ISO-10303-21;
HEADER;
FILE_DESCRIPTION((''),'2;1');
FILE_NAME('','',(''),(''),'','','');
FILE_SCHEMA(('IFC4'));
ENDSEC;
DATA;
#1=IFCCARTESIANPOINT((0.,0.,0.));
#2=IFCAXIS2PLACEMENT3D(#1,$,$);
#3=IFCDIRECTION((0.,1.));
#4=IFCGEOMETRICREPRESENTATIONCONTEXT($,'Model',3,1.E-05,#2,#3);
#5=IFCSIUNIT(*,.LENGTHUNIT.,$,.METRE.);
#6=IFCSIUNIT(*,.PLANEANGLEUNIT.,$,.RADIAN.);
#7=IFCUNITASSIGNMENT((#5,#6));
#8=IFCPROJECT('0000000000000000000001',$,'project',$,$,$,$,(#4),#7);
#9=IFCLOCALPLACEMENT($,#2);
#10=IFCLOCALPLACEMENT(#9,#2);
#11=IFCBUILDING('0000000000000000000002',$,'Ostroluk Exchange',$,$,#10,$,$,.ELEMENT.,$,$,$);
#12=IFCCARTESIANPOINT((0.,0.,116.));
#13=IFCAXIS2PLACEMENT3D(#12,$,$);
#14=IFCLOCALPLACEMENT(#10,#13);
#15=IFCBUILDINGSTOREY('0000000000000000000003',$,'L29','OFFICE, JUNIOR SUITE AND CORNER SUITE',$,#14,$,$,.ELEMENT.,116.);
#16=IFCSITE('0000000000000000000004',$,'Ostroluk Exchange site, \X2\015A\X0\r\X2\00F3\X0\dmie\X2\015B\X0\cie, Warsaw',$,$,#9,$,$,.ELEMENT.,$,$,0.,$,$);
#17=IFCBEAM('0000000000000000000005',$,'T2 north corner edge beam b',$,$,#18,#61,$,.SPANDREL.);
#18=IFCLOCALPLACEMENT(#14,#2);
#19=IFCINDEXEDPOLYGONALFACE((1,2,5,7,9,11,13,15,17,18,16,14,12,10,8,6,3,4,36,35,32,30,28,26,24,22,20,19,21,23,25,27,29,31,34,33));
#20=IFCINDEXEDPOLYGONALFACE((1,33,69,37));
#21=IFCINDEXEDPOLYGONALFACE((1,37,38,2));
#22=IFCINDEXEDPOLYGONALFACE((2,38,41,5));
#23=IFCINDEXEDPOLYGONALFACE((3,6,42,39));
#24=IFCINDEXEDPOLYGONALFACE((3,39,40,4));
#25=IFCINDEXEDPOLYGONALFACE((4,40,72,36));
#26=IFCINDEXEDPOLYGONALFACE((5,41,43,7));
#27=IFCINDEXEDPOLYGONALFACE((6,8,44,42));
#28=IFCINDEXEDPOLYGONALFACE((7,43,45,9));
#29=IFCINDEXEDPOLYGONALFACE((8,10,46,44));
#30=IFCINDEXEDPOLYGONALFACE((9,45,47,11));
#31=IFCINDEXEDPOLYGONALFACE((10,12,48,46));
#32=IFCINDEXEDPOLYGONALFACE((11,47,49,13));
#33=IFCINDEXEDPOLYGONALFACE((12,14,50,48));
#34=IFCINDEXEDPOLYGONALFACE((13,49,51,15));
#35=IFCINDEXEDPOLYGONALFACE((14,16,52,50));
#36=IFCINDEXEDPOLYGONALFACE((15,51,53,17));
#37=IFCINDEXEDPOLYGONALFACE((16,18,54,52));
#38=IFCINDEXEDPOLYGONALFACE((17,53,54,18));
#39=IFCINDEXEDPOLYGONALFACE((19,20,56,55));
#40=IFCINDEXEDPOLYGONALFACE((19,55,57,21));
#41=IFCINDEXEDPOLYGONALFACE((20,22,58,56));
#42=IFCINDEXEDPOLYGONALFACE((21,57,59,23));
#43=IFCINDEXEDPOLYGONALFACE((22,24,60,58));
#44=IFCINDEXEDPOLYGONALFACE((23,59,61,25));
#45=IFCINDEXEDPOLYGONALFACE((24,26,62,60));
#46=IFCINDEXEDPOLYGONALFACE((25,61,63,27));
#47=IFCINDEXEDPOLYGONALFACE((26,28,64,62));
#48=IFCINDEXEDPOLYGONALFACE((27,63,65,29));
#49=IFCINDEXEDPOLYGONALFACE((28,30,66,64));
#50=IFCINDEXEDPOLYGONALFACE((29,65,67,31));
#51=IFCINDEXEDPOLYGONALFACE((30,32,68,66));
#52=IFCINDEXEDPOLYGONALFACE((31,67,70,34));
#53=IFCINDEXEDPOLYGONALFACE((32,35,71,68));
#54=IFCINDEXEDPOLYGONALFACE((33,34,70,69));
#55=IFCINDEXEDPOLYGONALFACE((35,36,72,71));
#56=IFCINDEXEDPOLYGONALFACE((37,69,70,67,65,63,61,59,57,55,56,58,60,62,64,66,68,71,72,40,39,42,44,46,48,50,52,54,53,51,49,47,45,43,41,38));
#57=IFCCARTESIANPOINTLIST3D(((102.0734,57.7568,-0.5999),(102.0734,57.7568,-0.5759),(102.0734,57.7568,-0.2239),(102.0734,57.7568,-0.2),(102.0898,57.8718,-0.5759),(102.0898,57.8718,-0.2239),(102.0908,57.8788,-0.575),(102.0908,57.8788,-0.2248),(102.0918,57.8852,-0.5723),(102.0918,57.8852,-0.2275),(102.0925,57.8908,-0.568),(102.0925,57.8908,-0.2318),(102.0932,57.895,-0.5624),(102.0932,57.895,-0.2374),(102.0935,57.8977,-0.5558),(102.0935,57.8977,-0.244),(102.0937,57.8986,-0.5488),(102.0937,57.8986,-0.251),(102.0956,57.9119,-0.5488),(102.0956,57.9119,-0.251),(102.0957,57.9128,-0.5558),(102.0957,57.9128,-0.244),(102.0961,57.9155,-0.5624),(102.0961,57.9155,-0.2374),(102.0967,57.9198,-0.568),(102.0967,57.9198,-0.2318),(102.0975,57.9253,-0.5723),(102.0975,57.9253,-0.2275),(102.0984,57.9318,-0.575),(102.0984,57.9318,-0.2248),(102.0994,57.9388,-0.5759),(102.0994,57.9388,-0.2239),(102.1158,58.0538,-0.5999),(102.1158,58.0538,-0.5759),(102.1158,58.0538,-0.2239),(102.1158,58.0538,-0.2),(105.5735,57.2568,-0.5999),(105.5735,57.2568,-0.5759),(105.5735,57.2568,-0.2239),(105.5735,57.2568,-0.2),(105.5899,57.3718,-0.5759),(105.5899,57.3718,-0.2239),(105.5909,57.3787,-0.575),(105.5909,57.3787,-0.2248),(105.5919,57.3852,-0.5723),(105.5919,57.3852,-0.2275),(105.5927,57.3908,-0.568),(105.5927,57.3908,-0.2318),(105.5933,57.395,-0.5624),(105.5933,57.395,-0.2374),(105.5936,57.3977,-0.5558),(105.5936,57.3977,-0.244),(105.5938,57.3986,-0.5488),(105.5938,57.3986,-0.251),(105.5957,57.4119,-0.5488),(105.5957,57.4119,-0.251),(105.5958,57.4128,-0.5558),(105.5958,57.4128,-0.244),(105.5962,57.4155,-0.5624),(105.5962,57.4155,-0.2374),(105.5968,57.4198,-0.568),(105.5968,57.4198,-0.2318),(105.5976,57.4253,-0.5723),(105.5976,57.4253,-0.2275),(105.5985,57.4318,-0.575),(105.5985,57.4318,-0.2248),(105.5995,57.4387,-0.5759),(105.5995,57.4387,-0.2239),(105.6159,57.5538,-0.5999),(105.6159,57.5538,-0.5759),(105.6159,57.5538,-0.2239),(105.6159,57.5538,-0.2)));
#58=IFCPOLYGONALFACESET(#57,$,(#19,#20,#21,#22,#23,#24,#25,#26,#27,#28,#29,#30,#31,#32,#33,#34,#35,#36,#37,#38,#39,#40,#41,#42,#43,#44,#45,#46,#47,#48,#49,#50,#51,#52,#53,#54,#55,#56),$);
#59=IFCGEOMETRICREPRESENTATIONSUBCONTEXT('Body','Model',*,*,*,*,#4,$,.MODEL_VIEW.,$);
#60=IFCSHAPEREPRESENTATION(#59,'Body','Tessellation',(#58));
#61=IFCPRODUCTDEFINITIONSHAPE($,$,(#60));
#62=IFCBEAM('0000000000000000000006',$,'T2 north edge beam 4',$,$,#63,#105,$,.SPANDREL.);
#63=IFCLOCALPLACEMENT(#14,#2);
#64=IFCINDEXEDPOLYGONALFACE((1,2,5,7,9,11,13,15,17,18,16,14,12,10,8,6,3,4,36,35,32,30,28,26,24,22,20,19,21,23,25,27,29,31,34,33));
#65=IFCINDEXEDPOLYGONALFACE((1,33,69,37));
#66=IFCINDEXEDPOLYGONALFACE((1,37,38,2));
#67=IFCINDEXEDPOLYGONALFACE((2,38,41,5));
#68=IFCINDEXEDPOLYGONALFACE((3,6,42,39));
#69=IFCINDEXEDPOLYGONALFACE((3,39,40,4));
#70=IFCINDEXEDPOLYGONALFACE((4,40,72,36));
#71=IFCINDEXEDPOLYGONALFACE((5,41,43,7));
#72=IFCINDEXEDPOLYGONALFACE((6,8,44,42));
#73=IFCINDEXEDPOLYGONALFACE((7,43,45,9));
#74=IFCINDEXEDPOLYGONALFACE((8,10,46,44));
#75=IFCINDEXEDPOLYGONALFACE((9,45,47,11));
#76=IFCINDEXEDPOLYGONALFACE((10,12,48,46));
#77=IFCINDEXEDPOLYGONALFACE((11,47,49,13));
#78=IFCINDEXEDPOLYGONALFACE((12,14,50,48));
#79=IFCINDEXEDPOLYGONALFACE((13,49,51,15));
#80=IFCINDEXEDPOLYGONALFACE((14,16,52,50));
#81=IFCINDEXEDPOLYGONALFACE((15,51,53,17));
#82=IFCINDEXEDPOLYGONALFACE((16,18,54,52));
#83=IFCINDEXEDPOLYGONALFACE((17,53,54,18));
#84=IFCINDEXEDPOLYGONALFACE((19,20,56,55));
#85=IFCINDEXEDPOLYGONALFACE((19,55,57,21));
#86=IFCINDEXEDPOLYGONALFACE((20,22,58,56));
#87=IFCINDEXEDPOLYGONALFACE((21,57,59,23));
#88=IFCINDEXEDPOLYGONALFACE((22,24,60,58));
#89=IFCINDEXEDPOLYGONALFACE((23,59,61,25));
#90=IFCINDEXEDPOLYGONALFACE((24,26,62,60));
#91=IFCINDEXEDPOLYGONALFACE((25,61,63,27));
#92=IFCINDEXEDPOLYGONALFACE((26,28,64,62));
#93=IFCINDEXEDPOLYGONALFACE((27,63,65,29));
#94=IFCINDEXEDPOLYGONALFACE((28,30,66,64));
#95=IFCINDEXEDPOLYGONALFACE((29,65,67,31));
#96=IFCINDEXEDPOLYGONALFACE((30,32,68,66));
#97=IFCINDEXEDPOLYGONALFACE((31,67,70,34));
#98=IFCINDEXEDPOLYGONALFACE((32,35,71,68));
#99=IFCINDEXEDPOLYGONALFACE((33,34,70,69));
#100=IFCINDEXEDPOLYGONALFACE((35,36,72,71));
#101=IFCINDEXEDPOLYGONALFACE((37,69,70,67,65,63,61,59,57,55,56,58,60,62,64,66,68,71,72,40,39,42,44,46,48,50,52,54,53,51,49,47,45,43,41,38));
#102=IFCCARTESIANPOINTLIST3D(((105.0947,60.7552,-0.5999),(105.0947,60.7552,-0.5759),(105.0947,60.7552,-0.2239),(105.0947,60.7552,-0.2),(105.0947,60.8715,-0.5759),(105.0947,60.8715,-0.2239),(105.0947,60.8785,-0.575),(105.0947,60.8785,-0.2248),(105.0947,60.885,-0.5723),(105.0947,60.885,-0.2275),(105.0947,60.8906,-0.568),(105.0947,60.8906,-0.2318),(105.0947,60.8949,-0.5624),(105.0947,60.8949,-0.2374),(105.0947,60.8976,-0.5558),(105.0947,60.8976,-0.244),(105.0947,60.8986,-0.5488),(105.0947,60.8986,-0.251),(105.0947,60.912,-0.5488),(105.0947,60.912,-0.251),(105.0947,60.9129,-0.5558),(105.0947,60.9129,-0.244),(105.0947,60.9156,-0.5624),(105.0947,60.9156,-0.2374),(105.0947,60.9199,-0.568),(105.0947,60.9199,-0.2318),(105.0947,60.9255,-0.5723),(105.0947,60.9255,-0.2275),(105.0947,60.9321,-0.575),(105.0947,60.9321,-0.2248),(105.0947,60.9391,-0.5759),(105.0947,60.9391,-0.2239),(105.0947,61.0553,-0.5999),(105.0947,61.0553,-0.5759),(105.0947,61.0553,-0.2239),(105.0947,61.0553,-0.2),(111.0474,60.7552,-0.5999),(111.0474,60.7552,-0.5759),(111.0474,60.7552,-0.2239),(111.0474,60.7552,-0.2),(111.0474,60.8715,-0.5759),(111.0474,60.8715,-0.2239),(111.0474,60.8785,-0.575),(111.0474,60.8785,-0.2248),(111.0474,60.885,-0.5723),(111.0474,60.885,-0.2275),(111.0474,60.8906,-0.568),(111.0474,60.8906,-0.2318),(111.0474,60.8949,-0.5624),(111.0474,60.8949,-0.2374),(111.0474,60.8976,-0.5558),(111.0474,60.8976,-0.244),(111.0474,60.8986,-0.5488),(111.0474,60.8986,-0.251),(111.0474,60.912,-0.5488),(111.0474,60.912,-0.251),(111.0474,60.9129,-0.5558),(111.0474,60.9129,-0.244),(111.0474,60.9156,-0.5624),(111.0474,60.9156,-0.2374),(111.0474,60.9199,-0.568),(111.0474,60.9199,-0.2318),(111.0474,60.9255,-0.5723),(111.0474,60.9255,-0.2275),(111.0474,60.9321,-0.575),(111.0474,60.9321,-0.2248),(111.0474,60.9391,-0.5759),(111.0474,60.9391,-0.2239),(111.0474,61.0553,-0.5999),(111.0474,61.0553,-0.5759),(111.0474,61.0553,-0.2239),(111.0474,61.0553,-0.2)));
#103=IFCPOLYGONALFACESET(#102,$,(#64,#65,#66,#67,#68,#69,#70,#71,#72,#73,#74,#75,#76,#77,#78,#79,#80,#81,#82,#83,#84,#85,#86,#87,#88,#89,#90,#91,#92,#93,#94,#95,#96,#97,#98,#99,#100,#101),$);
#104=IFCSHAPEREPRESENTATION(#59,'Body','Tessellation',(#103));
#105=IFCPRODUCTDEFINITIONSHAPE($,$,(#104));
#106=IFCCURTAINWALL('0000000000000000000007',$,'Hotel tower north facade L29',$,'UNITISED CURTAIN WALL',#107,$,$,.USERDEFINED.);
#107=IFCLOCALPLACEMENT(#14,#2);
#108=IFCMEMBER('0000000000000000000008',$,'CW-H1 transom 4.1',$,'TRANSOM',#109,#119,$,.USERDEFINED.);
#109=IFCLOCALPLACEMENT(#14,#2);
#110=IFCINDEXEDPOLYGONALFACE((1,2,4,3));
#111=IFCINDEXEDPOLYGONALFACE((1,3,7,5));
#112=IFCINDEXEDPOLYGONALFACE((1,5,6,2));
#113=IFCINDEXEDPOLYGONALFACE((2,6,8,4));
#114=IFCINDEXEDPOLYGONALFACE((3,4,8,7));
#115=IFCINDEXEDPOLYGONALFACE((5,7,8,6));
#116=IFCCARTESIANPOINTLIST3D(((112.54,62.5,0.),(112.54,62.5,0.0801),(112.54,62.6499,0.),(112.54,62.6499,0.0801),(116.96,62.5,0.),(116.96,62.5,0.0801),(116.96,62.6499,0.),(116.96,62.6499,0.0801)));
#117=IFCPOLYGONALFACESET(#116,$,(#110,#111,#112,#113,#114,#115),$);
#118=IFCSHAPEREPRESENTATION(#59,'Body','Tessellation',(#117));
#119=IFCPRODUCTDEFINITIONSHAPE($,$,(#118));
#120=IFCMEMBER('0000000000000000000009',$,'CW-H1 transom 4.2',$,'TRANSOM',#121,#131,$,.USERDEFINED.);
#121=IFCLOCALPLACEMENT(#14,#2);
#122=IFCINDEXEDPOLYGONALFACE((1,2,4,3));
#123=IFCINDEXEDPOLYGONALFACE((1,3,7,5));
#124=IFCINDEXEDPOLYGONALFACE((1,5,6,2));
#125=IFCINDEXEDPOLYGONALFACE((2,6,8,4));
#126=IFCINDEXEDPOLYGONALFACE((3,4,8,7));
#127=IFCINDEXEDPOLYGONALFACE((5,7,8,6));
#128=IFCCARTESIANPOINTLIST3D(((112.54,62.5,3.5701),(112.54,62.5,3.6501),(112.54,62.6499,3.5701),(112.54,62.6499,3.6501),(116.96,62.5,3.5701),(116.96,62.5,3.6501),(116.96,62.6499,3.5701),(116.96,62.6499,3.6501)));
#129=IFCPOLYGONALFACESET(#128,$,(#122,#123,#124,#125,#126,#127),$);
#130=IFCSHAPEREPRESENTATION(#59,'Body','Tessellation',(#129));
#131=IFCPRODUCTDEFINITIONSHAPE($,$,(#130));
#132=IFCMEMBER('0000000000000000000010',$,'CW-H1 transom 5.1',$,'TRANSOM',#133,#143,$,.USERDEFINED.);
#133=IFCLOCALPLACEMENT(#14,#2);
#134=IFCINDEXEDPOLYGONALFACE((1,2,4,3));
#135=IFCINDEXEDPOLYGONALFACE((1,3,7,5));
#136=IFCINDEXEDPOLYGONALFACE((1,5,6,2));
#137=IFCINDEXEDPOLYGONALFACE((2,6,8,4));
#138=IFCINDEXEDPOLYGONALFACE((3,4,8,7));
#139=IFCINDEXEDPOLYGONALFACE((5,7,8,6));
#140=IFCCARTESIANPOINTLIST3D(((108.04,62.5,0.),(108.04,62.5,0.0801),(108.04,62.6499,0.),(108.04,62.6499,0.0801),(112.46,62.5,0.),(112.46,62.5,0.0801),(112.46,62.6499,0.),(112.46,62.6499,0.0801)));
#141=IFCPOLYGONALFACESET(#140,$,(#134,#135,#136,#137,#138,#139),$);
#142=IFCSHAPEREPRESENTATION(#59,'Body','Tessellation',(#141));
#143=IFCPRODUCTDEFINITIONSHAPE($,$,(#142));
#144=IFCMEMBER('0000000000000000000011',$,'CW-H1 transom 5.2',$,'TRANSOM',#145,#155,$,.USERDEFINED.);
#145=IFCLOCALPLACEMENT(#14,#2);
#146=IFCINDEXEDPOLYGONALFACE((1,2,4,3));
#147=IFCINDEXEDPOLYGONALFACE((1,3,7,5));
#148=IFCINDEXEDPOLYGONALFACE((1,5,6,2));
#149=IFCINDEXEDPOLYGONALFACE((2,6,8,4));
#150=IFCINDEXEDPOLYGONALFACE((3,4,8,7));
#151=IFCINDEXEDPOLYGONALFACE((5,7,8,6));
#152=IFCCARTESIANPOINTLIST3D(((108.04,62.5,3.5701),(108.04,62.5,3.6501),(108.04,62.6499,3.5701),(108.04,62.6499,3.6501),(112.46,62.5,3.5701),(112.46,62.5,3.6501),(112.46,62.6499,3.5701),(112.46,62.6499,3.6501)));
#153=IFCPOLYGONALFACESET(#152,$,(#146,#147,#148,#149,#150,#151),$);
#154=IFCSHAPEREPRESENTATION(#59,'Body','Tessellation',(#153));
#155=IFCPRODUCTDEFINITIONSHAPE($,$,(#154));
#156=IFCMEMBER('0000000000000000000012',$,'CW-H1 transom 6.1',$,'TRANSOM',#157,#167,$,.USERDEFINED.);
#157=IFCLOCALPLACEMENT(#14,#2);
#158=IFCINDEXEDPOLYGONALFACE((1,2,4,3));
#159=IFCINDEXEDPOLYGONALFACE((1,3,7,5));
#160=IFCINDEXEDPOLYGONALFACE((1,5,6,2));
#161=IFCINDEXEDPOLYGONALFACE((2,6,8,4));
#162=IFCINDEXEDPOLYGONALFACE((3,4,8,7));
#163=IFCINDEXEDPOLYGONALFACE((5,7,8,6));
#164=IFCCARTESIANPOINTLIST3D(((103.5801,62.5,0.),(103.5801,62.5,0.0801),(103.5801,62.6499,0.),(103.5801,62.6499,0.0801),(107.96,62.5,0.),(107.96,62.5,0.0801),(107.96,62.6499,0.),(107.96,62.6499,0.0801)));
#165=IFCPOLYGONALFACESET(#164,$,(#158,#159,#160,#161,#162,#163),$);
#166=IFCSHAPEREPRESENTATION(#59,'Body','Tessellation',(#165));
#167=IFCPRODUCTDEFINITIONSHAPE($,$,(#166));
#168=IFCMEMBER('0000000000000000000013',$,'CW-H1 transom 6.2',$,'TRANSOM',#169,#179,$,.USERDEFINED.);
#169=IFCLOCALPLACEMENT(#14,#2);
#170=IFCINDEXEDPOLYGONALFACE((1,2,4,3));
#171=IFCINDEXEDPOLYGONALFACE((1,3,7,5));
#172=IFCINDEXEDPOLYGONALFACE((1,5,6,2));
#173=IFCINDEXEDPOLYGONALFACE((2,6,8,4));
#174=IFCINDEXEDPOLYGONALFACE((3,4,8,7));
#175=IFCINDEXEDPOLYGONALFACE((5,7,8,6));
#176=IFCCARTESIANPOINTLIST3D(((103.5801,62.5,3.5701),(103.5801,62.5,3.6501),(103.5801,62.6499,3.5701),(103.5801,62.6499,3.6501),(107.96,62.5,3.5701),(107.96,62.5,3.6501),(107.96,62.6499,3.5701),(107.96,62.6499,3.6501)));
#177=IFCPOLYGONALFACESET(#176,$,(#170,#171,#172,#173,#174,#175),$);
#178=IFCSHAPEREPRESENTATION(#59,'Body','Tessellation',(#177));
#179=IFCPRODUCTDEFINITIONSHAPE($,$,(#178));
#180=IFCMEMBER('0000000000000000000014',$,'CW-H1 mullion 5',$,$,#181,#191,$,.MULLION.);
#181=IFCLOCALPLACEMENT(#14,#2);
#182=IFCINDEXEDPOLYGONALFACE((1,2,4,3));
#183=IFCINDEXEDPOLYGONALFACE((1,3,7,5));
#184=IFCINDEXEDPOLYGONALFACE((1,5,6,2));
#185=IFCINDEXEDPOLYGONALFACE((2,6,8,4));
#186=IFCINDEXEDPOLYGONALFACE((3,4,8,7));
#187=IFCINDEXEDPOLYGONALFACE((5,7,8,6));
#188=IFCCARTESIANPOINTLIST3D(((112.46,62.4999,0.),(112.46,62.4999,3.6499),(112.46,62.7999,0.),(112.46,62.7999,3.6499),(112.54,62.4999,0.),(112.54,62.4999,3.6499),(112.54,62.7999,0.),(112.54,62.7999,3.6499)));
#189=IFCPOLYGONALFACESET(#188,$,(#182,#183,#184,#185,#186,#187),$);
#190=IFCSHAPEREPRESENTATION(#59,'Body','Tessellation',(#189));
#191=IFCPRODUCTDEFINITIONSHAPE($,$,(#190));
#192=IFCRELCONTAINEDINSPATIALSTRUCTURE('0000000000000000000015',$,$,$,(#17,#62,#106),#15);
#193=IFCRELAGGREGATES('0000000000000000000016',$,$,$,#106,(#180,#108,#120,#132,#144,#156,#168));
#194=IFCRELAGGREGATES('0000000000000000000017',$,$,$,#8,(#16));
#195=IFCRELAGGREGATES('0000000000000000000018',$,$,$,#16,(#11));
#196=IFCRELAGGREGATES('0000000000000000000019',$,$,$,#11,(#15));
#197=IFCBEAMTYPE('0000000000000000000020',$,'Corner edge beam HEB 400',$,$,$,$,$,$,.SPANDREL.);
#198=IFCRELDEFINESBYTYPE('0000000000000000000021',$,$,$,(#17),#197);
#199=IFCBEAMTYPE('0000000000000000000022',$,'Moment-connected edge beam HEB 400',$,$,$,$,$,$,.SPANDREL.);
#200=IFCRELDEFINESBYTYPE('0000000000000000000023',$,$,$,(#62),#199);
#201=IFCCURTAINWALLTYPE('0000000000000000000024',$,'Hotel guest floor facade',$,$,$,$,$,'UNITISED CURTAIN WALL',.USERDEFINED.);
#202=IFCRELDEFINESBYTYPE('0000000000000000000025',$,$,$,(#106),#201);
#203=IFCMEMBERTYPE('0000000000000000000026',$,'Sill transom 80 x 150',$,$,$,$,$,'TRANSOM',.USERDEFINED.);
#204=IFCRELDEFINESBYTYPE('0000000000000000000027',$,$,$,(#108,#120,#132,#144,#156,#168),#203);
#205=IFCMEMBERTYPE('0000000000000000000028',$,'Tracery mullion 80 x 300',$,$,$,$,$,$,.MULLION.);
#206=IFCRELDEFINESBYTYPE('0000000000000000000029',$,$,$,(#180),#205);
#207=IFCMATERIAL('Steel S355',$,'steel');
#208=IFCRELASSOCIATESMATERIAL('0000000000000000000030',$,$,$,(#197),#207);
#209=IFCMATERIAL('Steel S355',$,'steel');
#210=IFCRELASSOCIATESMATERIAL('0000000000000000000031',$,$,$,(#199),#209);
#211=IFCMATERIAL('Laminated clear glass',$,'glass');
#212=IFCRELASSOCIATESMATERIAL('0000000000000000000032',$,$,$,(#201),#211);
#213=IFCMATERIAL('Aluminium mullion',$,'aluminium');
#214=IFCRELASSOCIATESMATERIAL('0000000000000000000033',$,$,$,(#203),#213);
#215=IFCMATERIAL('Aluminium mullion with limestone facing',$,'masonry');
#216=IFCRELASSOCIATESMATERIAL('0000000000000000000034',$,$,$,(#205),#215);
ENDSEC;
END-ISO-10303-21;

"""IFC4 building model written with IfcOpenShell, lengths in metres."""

from ifc_helpers import new_model, si_unit, direction, frame, origin, origin_2d, place, context, subcontext, project, spatial, rectangle, i_section, extrude, material, material_profile, profile_set, type_object, element, aggregate, save


model = new_model("IFC4")

# Units and contexts
model_context = context("Model", 3, precision=1e-05, world=origin(), true_north=direction((0.0, 1.0)))
body_context = subcontext(model_context, "Body", "Model", "MODEL_VIEW")
ifc_project = project(units=[si_unit("LENGTHUNIT", "METRE"), si_unit("PLANEANGLEUNIT", "RADIAN")], contexts=[model_context])

# Site, building, storey
site_placement = place(None, origin())
site = spatial("IfcSite", under=ifc_project, at=site_placement, Name="Ostroluk Exchange site, Śródmieście, Warsaw", CompositionType="ELEMENT", RefElevation=0.0)
building_placement = place(site_placement, origin())
building = spatial("IfcBuilding", under=site, at=building_placement, Name="Ostroluk Exchange", CompositionType="ELEMENT")
storey_placement = place(building_placement, frame((0.0, 0.0, 116.0)))
storey = spatial("IfcBuildingStorey", under=building, at=storey_placement, Name="L29", Description="OFFICE, JUNIOR SUITE AND CORNER SUITE", CompositionType="ELEMENT", Elevation=116.0)

# Beams
ifc_material_1 = material(Name="Steel S355", Category="steel")
ifc_material_profile_1 = material_profile(ifc_material_1, i_section(OverallWidth=0.3, OverallDepth=0.3999, WebThickness=0.0134, FlangeThickness=0.0239, FilletRadius=0.0271, at=origin_2d()), Name="HEB 400")
ifc_profile_set_1 = profile_set([ifc_material_profile_1], Name="Steel S355")
beam_type_1 = type_object("IfcBeamType", Name="Corner edge beam HEB 400", PredefinedType="SPANDREL", material=ifc_profile_set_1)
for number, where, z_axis, x_axis, name in (
    (1, (105.5947, 57.4053, -0.3999), (-0.989949, 0.141421, 0.0), (-0.141421, -0.989949, 0.0), "T2 north corner edge beam b"),
):
    element("IfcBeam", number, at=place(storey_placement, frame(where, z_axis=z_axis, x_axis=x_axis)), inside=storey, type_object=beam_type_1, Name=name, PredefinedType="SPANDREL", context=body_context, shape_type="SweptSolid", body=[
        extrude(i_section(OverallWidth=0.3, OverallDepth=0.3999, WebThickness=0.0134, FlangeThickness=0.0239, FilletRadius=0.0271, at=origin_2d()), origin(), (0.0, 0.0, 1.0), 3.5356),
    ])
ifc_material_2 = material(Name="Steel S355", Category="steel")
ifc_material_profile_2 = material_profile(ifc_material_2, i_section(OverallWidth=0.3, OverallDepth=0.3999, WebThickness=0.0134, FlangeThickness=0.0239, FilletRadius=0.0271, at=origin_2d()), Name="HEB 400")
ifc_profile_set_2 = profile_set([ifc_material_profile_2], Name="Steel S355")
beam_type_2 = type_object("IfcBeamType", Name="Moment-connected edge beam HEB 400", PredefinedType="SPANDREL", material=ifc_profile_set_2)
beam_1_placement = place(storey_placement, frame((111.0474, 60.9053, -0.3999), z_axis=(-1.0, 0.0, 0.0), x_axis=(0.0, -1.0, 0.0)))
element("IfcBeam", 2, at=beam_1_placement, inside=storey, type_object=beam_type_2, Name="T2 north edge beam 4", PredefinedType="SPANDREL", context=body_context, shape_type="SweptSolid", body=[
    extrude(i_section(OverallWidth=0.3, OverallDepth=0.3999, WebThickness=0.0134, FlangeThickness=0.0239, FilletRadius=0.0271, at=origin_2d()), origin(), (0.0, 0.0, 1.0), 5.9526),
])

# Curtain wall, members
ifc_material_3 = material(Name="Laminated clear glass", Category="glass")
curtain_wall_type = type_object("IfcCurtainWallType", Name="Hotel guest floor facade", ElementType="UNITISED CURTAIN WALL", PredefinedType="USERDEFINED", material=ifc_material_3)
curtain_wall_placement = place(storey_placement, origin())
curtain_wall = element("IfcCurtainWall", 3, at=curtain_wall_placement, inside=storey, type_object=curtain_wall_type, Name="Hotel tower north facade L29", ObjectType="UNITISED CURTAIN WALL", PredefinedType="USERDEFINED")
ifc_material_4 = material(Name="Aluminium mullion", Category="aluminium")
ifc_material_profile_3 = material_profile(ifc_material_4, rectangle(XDim=0.1499, YDim=0.0801, at=origin_2d()), Name="Sill transom 80 x 150")
ifc_profile_set_3 = profile_set([ifc_material_profile_3], Name="Aluminium mullion")
member_type_1 = type_object("IfcMemberType", Name="Sill transom 80 x 150", ElementType="TRANSOM", PredefinedType="USERDEFINED", material=ifc_profile_set_3)
member_1_placement = place(storey_placement, frame((116.96, 62.575, 0.04), z_axis=(-1.0, 0.0, 0.0), x_axis=(0.0, -1.0, 0.0)))
member_1 = element("IfcMember", 4, at=member_1_placement, type_object=member_type_1, Name="CW-H1 transom 4.1", ObjectType="TRANSOM", PredefinedType="USERDEFINED", context=body_context, shape_type="SweptSolid", body=[
    extrude(rectangle(XDim=0.1499, YDim=0.0801, at=origin_2d()), origin(), (0.0, 0.0, 1.0), 4.4199),
])
member_2_placement = place(storey_placement, frame((116.96, 62.575, 3.6101), z_axis=(-1.0, 0.0, 0.0), x_axis=(0.0, -1.0, 0.0)))
member_2 = element("IfcMember", 5, at=member_2_placement, type_object=member_type_1, Name="CW-H1 transom 4.2", ObjectType="TRANSOM", PredefinedType="USERDEFINED", context=body_context, shape_type="SweptSolid", body=[
    extrude(rectangle(XDim=0.1499, YDim=0.0801, at=origin_2d()), origin(), (0.0, 0.0, 1.0), 4.4199),
])
member_3_placement = place(storey_placement, frame((112.46, 62.575, 0.04), z_axis=(-1.0, 0.0, 0.0), x_axis=(0.0, -1.0, 0.0)))
member_3 = element("IfcMember", 6, at=member_3_placement, type_object=member_type_1, Name="CW-H1 transom 5.1", ObjectType="TRANSOM", PredefinedType="USERDEFINED", context=body_context, shape_type="SweptSolid", body=[
    extrude(rectangle(XDim=0.1499, YDim=0.0801, at=origin_2d()), origin(), (0.0, 0.0, 1.0), 4.4199),
])
member_4_placement = place(storey_placement, frame((112.46, 62.575, 3.6101), z_axis=(-1.0, 0.0, 0.0), x_axis=(0.0, -1.0, 0.0)))
member_4 = element("IfcMember", 7, at=member_4_placement, type_object=member_type_1, Name="CW-H1 transom 5.2", ObjectType="TRANSOM", PredefinedType="USERDEFINED", context=body_context, shape_type="SweptSolid", body=[
    extrude(rectangle(XDim=0.1499, YDim=0.0801, at=origin_2d()), origin(), (0.0, 0.0, 1.0), 4.4199),
])
member_5_placement = place(storey_placement, frame((107.96, 62.575, 0.04), z_axis=(-1.0, 0.0, 0.0), x_axis=(0.0, -1.0, 0.0)))
member_5 = element("IfcMember", 8, at=member_5_placement, type_object=member_type_1, Name="CW-H1 transom 6.1", ObjectType="TRANSOM", PredefinedType="USERDEFINED", context=body_context, shape_type="SweptSolid", body=[
    extrude(rectangle(XDim=0.1499, YDim=0.0801, at=origin_2d()), origin(), (0.0, 0.0, 1.0), 4.3799),
])
member_6_placement = place(storey_placement, frame((107.96, 62.575, 3.6101), z_axis=(-1.0, 0.0, 0.0), x_axis=(0.0, -1.0, 0.0)))
member_6 = element("IfcMember", 9, at=member_6_placement, type_object=member_type_1, Name="CW-H1 transom 6.2", ObjectType="TRANSOM", PredefinedType="USERDEFINED", context=body_context, shape_type="SweptSolid", body=[
    extrude(rectangle(XDim=0.1499, YDim=0.0801, at=origin_2d()), origin(), (0.0, 0.0, 1.0), 4.3799),
])
ifc_material_5 = material(Name="Aluminium mullion with limestone facing", Category="masonry")
ifc_material_profile_4 = material_profile(ifc_material_5, rectangle(XDim=0.3, YDim=0.0801, at=origin_2d()), Name="Tracery mullion 80 x 300")
ifc_profile_set_4 = profile_set([ifc_material_profile_4], Name="Aluminium mullion with limestone facing")
member_type_2 = type_object("IfcMemberType", Name="Tracery mullion 80 x 300", PredefinedType="MULLION", material=ifc_profile_set_4)
member_7_placement = place(storey_placement, frame((112.5, 62.6499, 0.0), z_axis=(0.0, 0.0, 1.0), x_axis=(0.0, -1.0, 0.0)))
member_7 = element("IfcMember", 10, at=member_7_placement, type_object=member_type_2, Name="CW-H1 mullion 5", PredefinedType="MULLION", context=body_context, shape_type="SweptSolid", body=[
    extrude(rectangle(XDim=0.3, YDim=0.0801, at=origin_2d()), origin(), (0.0, 0.0, 1.0), 3.6499),
])
aggregate(curtain_wall, [member_7, member_1, member_2, member_3, member_4, member_5, member_6])

save(model, "model.ifc")
